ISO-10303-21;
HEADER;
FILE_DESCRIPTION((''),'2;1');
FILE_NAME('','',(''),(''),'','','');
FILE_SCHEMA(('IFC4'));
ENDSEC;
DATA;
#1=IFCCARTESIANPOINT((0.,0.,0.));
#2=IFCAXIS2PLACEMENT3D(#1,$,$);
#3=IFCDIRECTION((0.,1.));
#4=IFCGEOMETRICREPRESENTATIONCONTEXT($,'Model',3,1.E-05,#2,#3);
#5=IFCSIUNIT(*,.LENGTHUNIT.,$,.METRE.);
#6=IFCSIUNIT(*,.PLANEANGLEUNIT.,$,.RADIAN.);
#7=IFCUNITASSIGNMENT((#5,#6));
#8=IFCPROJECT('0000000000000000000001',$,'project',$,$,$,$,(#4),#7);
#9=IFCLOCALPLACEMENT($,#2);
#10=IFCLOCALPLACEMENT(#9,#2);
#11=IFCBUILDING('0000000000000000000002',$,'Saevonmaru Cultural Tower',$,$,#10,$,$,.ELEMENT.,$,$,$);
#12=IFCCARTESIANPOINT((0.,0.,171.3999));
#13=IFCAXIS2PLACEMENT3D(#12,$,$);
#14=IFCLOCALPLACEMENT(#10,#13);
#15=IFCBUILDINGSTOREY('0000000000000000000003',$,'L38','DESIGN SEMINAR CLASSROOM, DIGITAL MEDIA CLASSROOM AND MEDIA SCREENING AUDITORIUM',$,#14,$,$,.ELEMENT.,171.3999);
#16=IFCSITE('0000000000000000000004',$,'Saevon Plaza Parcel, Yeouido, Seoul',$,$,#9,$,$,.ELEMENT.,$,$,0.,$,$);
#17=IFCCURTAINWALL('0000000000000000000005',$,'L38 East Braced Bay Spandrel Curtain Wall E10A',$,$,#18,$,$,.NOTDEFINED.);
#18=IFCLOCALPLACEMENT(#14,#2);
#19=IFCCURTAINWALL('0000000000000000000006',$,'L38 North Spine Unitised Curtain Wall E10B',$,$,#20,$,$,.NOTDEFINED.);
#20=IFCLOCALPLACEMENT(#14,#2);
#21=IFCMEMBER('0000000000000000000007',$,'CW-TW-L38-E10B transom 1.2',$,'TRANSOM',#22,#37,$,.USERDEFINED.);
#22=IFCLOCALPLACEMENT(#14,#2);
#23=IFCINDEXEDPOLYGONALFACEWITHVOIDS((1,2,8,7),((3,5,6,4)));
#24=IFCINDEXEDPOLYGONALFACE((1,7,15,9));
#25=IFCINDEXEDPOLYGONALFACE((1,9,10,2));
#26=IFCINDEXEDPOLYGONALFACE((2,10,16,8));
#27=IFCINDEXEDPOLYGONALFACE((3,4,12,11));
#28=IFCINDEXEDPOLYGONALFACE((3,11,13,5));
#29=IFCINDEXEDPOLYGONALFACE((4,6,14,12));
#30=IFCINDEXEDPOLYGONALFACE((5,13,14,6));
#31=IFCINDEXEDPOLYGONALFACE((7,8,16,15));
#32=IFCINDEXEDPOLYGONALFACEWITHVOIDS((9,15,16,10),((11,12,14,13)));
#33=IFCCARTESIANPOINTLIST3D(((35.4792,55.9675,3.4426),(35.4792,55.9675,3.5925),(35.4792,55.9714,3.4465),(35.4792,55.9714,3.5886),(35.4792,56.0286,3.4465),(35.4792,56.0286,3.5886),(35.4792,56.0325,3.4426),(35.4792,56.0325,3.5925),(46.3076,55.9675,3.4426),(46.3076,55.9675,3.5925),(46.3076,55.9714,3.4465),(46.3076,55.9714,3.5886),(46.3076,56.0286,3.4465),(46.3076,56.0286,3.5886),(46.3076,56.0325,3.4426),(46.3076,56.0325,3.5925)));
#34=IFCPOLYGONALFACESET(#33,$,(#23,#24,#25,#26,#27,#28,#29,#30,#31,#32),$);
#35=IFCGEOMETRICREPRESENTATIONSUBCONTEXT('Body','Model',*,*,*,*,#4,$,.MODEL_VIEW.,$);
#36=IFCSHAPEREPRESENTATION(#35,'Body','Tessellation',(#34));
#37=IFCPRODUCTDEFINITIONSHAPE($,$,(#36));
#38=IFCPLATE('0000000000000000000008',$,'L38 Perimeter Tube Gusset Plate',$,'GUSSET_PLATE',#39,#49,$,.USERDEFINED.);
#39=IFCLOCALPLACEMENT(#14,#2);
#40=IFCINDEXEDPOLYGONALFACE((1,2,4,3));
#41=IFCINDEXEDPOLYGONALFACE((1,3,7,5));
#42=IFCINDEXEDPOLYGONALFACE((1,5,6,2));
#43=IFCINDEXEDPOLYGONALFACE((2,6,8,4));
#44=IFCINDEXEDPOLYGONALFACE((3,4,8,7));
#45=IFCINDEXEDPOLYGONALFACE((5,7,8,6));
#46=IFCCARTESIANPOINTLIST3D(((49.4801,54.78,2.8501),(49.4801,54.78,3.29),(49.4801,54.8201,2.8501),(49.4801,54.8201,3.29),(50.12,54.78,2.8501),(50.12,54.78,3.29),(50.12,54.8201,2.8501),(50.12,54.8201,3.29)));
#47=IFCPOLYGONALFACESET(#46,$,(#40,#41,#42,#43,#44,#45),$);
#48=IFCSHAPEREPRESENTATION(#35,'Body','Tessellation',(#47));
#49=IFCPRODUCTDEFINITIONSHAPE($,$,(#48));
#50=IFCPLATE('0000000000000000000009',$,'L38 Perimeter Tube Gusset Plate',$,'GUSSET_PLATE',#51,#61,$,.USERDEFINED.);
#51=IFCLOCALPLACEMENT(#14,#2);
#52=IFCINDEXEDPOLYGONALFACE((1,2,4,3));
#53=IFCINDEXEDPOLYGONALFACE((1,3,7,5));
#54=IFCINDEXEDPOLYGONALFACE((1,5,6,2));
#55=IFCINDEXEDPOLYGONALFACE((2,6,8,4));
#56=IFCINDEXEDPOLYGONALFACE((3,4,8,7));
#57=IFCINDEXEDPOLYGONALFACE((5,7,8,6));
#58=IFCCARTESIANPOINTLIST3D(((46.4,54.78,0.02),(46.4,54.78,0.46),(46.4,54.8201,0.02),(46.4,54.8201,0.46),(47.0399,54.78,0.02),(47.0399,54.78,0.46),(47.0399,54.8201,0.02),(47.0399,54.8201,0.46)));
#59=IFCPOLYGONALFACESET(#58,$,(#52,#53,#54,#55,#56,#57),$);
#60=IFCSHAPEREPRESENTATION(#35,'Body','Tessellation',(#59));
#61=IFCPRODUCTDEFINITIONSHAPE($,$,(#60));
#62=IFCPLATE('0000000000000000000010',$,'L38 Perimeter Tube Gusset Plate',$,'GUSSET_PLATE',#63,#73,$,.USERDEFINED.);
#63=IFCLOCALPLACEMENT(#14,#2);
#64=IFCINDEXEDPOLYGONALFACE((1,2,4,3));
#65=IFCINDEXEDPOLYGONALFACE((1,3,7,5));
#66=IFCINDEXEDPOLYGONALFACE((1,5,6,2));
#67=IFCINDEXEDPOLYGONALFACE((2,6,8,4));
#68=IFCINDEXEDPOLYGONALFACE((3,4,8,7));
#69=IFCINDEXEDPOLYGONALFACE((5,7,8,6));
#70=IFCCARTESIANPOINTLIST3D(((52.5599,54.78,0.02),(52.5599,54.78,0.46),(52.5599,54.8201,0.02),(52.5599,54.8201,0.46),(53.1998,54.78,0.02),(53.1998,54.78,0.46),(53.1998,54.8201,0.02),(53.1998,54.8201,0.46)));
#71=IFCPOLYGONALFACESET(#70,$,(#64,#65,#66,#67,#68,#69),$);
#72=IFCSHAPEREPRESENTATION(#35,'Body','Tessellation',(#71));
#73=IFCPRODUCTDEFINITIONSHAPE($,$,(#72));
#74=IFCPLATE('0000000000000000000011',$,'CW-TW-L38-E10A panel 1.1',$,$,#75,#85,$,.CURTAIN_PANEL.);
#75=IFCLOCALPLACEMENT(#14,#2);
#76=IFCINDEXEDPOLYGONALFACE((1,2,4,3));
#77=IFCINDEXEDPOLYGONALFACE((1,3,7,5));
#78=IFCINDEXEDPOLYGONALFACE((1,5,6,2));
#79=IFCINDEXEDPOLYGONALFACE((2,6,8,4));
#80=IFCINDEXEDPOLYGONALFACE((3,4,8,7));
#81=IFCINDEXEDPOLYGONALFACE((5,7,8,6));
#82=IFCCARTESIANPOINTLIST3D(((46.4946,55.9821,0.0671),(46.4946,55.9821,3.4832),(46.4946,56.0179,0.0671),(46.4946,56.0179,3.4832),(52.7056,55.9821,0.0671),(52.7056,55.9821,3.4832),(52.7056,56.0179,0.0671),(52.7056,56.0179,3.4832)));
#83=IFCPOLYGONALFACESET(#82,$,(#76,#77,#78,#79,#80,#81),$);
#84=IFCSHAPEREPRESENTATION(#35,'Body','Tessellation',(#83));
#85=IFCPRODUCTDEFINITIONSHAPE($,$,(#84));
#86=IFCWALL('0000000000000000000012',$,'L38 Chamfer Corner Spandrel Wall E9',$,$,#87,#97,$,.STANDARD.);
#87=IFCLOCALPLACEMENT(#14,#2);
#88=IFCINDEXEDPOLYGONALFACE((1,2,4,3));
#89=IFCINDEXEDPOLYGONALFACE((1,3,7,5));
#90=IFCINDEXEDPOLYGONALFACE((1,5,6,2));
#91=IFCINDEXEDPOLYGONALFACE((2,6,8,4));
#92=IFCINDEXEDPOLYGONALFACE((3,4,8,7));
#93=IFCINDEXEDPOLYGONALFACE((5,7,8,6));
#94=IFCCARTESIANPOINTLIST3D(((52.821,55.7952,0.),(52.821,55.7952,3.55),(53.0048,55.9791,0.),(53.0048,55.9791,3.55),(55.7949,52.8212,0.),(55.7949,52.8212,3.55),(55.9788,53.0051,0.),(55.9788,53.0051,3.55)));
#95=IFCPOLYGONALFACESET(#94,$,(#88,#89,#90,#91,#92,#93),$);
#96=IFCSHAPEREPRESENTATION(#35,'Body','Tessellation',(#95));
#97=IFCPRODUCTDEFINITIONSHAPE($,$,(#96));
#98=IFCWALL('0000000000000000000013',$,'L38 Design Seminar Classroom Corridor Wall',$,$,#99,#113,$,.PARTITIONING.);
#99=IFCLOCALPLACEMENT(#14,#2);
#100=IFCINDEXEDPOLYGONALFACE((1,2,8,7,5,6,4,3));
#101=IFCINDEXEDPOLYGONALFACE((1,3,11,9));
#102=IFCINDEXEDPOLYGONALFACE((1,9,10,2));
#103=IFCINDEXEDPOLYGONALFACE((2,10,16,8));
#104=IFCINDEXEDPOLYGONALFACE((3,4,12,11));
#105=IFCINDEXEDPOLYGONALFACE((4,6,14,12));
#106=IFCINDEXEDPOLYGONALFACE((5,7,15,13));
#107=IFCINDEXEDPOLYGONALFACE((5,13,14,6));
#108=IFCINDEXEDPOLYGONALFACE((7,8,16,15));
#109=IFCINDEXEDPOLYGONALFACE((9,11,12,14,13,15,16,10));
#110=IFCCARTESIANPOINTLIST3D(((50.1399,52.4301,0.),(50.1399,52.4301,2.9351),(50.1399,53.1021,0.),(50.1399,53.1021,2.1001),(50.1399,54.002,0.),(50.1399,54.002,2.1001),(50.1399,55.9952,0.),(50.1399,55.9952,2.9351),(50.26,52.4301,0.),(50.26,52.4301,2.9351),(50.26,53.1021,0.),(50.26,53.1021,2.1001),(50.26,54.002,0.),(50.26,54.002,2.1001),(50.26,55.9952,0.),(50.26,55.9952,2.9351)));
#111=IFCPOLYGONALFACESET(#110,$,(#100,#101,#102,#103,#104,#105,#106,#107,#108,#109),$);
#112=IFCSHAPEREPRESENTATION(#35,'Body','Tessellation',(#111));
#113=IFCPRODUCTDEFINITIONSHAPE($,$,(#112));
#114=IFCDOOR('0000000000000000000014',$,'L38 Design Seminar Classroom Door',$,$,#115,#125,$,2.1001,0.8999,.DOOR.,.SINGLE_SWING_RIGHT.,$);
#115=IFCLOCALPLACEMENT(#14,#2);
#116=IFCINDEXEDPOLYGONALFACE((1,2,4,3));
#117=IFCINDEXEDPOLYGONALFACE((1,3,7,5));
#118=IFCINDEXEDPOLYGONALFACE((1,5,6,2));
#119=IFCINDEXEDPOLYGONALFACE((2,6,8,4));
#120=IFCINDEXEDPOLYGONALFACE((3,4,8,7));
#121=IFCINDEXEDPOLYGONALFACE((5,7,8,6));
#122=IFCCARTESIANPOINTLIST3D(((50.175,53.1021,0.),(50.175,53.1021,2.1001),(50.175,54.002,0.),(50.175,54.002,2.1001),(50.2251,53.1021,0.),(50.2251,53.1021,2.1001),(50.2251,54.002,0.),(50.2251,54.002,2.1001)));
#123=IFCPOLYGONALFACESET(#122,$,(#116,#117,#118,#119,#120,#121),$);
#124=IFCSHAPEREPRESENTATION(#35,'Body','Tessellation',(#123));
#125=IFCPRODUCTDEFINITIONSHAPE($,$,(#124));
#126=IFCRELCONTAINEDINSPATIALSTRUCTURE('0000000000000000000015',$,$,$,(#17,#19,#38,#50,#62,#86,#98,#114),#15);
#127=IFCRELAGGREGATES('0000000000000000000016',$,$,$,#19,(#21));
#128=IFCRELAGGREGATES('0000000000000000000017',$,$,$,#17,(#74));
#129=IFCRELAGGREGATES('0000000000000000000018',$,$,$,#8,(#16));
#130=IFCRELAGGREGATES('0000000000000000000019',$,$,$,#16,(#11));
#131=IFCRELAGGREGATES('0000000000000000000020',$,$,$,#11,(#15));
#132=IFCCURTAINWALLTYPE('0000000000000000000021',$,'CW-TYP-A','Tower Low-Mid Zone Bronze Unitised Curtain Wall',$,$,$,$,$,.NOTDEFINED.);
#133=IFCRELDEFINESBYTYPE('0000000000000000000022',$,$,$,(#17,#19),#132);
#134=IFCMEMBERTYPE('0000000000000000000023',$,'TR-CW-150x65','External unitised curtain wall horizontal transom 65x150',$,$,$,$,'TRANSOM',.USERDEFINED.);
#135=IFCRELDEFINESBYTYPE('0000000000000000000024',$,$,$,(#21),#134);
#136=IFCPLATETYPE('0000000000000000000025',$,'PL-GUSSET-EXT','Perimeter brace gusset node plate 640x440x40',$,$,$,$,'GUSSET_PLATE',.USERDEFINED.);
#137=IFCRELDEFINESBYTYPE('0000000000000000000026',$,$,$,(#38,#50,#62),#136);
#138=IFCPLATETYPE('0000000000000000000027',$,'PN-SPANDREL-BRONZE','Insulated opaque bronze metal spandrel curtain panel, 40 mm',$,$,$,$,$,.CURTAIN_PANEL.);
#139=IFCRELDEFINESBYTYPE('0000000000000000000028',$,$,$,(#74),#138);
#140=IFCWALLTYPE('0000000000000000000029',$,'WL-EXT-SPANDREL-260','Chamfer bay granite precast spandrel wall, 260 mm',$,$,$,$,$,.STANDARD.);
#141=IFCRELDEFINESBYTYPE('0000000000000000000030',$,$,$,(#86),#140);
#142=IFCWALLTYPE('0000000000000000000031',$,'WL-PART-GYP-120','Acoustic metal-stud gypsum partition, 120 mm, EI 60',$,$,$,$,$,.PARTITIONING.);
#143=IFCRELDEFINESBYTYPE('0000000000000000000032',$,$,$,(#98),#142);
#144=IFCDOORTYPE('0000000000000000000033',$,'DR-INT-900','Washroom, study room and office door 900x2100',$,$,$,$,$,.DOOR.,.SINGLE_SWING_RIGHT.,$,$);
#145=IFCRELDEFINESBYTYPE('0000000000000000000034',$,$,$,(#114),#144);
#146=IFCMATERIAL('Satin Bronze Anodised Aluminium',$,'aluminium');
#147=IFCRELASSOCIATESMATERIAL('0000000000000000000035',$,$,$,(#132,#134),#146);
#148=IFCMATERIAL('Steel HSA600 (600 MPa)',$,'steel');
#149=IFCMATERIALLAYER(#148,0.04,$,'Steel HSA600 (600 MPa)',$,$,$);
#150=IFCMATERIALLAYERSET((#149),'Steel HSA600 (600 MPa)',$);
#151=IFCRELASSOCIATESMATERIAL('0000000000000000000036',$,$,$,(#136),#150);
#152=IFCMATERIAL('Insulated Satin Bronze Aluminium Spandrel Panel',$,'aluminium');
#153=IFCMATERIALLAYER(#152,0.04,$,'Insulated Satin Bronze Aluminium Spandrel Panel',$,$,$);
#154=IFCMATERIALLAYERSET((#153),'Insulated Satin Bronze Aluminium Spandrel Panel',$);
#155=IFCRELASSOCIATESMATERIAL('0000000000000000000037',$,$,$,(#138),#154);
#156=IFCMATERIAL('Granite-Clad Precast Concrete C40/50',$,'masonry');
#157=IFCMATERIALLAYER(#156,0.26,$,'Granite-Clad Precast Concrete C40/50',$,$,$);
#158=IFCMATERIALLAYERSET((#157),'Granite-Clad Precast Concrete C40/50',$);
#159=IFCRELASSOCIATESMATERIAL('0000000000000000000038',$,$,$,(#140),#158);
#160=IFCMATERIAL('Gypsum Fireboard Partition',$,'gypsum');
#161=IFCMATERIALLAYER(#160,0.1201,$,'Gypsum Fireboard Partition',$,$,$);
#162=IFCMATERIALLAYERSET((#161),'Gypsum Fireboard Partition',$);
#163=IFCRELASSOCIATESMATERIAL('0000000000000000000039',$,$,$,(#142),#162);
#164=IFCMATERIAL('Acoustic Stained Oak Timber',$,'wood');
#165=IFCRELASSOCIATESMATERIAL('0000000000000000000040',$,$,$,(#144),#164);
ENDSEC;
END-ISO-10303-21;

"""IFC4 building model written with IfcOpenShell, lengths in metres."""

from ifc_helpers import new_model, si_unit, direction, frame, frame_2d, origin, origin_2d, place, context, subcontext, project, spatial, rectangle, hollow_rectangle, extrude, material, layer, layer_set, material_profile, profile_set, type_object, element, fill, aggregate, save


model = new_model("IFC4")

# Units and contexts
model_context = context("Model", 3, precision=1e-05, world=origin(), true_north=direction((0.0, 1.0)))
body_context = subcontext(model_context, "Body", "Model", "MODEL_VIEW")
ifc_project = project(units=[si_unit("LENGTHUNIT", "METRE"), si_unit("PLANEANGLEUNIT", "RADIAN")], contexts=[model_context])

# Site, building, storey
site_placement = place(None, origin())
site = spatial("IfcSite", under=ifc_project, at=site_placement, Name="Saevon Plaza Parcel, Yeouido, Seoul", CompositionType="ELEMENT", RefElevation=0.0)
building_placement = place(site_placement, origin())
building = spatial("IfcBuilding", under=site, at=building_placement, Name="Saevonmaru Cultural Tower", CompositionType="ELEMENT")
storey_placement = place(building_placement, frame((0.0, 0.0, 171.3999)))
storey = spatial("IfcBuildingStorey", under=building, at=storey_placement, Name="L38", Description="DESIGN SEMINAR CLASSROOM, DIGITAL MEDIA CLASSROOM AND MEDIA SCREENING AUDITORIUM", CompositionType="ELEMENT", Elevation=171.3999)

# Shared definitions
ifc_material_1 = material(Name="Satin Bronze Anodised Aluminium", Category="aluminium")
curtain_wall_type = type_object("IfcCurtainWallType", Name="CW-TYP-A", Description="Tower Low-Mid Zone Bronze Unitised Curtain Wall", PredefinedType="NOTDEFINED", material=ifc_material_1)

# Curtain wall
curtain_wall_1_placement = place(storey_placement, origin())
curtain_wall_1 = element("IfcCurtainWall", 1, at=curtain_wall_1_placement, inside=storey, type_object=curtain_wall_type, Name="L38 East Braced Bay Spandrel Curtain Wall E10A", PredefinedType="NOTDEFINED")

# Curtain wall
curtain_wall_2_placement = place(storey_placement, origin())
curtain_wall_2 = element("IfcCurtainWall", 2, at=curtain_wall_2_placement, inside=storey, type_object=curtain_wall_type, Name="L38 North Spine Unitised Curtain Wall E10B", PredefinedType="NOTDEFINED")

# Member
ifc_material_profile_1 = material_profile(ifc_material_1, hollow_rectangle(XDim=0.0649, YDim=0.1499, WallThickness=0.0039, at=origin_2d()), Name="ALU-TRAN-150x65x4")
ifc_profile_set_1 = profile_set([ifc_material_profile_1], Name="Satin Bronze Anodised Aluminium")
member_type_1 = type_object("IfcMemberType", Name="TR-CW-150x65", Description="External unitised curtain wall horizontal transom 65x150", ElementType="TRANSOM", PredefinedType="USERDEFINED", material=ifc_profile_set_1)
member_1_placement = place(storey_placement, frame((46.3076, 56.0, 3.5176), z_axis=(-1.0, 0.0, 0.0), x_axis=(0.0, -1.0, 0.0)))
member_1 = element("IfcMember", 3, at=member_1_placement, type_object=member_type_1, Name="CW-TW-L38-E10B transom 1.2", ObjectType="TRANSOM", PredefinedType="USERDEFINED", context=body_context, shape_type="SweptSolid", body=[
    extrude(hollow_rectangle(XDim=0.0649, YDim=0.1499, WallThickness=0.0039, at=origin_2d()), origin(), (0.0, 0.0, 1.0), 10.8284),
])
aggregate(curtain_wall_2, [member_1])

# Plates
ifc_material_2 = material(Name="Steel HSA600 (600 MPa)", Category="steel")
ifc_layer_1 = layer(ifc_material_2, 0.04, Name="Steel HSA600 (600 MPa)")
ifc_layer_set_1 = layer_set([ifc_layer_1], Name="Steel HSA600 (600 MPa)")
plate_type_1 = type_object("IfcPlateType", Name="PL-GUSSET-EXT", Description="Perimeter brace gusset node plate 640x440x40", ElementType="GUSSET_PLATE", PredefinedType="USERDEFINED", material=ifc_layer_set_1)
for number, where, z_axis, x_axis, name in (
    (4, (49.8, 54.8, 2.8501), (0.0, 0.0, 1.0), (1.0, 0.0, 0.0), "L38 Perimeter Tube Gusset Plate"),
    (5, (46.72, 54.8, 0.02), (0.0, 0.0, 1.0), (1.0, 0.0, 0.0), "L38 Perimeter Tube Gusset Plate"),
    (6, (52.8799, 54.8, 0.02), (0.0, 0.0, 1.0), (1.0, 0.0, 0.0), "L38 Perimeter Tube Gusset Plate"),
):
    element("IfcPlate", number, at=place(storey_placement, frame(where, z_axis=z_axis, x_axis=x_axis)), inside=storey, type_object=plate_type_1, Name=name, ObjectType="GUSSET_PLATE", PredefinedType="USERDEFINED", context=body_context, shape_type="SweptSolid", body=[
        extrude(rectangle(XDim=0.6399, YDim=0.04, at=origin_2d()), origin(), (0.0, 0.0, 1.0), 0.4399),
    ])

# Plate
ifc_material_3 = material(Name="Insulated Satin Bronze Aluminium Spandrel Panel", Category="aluminium")
ifc_layer_2 = layer(ifc_material_3, 0.04, Name="Insulated Satin Bronze Aluminium Spandrel Panel")
ifc_layer_set_2 = layer_set([ifc_layer_2], Name="Insulated Satin Bronze Aluminium Spandrel Panel")
plate_type_2 = type_object("IfcPlateType", Name="PN-SPANDREL-BRONZE", Description="Insulated opaque bronze metal spandrel curtain panel, 40 mm", PredefinedType="CURTAIN_PANEL", material=ifc_layer_set_2)
plate_placement = place(storey_placement, frame((49.6001, 56.0, 0.0671), z_axis=(0.0, 0.0, 1.0), x_axis=(-1.0, 0.0, 0.0)))
plate = element("IfcPlate", 7, at=plate_placement, type_object=plate_type_2, Name="CW-TW-L38-E10A panel 1.1", PredefinedType="CURTAIN_PANEL", context=body_context, shape_type="SweptSolid", body=[
    extrude(rectangle(XDim=6.2109, YDim=0.0359, at=origin_2d()), origin(), (0.0, 0.0, 1.0), 3.416),
])
aggregate(curtain_wall_1, [plate])

# Wall
ifc_material_4 = material(Name="Granite-Clad Precast Concrete C40/50", Category="masonry")
ifc_layer_3 = layer(ifc_material_4, 0.26, Name="Granite-Clad Precast Concrete C40/50")
ifc_layer_set_3 = layer_set([ifc_layer_3], Name="Granite-Clad Precast Concrete C40/50")
wall_type_1 = type_object("IfcWallType", Name="WL-EXT-SPANDREL-260", Description="Chamfer bay granite precast spandrel wall, 260 mm", PredefinedType="STANDARD", material=ifc_layer_set_3)
wall_1_placement = place(storey_placement, frame((55.887, 52.9131, 0.0), z_axis=(0.0, 0.0, 1.0), x_axis=(-0.707107, 0.707107, 0.0)))
element("IfcWall", 8, at=wall_1_placement, inside=storey, type_object=wall_type_1, Name="L38 Chamfer Corner Spandrel Wall E9", PredefinedType="STANDARD", context=body_context, shape_type="SweptSolid", body=[
    extrude(rectangle(XDim=4.2058, YDim=0.26, at=frame_2d((2.103, 0.0))), origin(), (0.0, 0.0, 1.0), 3.55),
])

# Wall, opening, door
ifc_material_5 = material(Name="Gypsum Fireboard Partition", Category="gypsum")
ifc_layer_4 = layer(ifc_material_5, 0.1201, Name="Gypsum Fireboard Partition")
ifc_layer_set_4 = layer_set([ifc_layer_4], Name="Gypsum Fireboard Partition")
wall_type_2 = type_object("IfcWallType", Name="WL-PART-GYP-120", Description="Acoustic metal-stud gypsum partition, 120 mm, EI 60", PredefinedType="PARTITIONING", material=ifc_layer_set_4)
wall_2_placement = place(storey_placement, frame((50.2, 52.4299, 0.0), z_axis=(0.0, 0.0, 1.0), x_axis=(0.0, 1.0, 0.0)))
wall_2 = element("IfcWall", 9, at=wall_2_placement, inside=storey, type_object=wall_type_2, Name="L38 Design Seminar Classroom Corridor Wall", PredefinedType="PARTITIONING", context=body_context, shape_type="SweptSolid", body=[
    extrude(rectangle(XDim=3.5652, YDim=0.1201, at=frame_2d((1.7827, 0.0))), origin(), (0.0, 0.0, 1.0), 2.9351),
])
opening_placement = place(wall_2_placement, frame((0.6721, 0.0, 0.0)))
opening = element("IfcOpeningElement", 10, at=opening_placement, cuts=wall_2, PredefinedType="OPENING", context=body_context, shape_type="SweptSolid", body=[
    extrude(rectangle(XDim=0.8999, YDim=2.1001, at=frame_2d((0.45, 1.05))), frame((0.0, 0.0701, 0.0), z_axis=(0.0, -1.0, 0.0), x_axis=(1.0, 0.0, 0.0)), (0.0, 0.0, 1.0), 0.1401),
])
ifc_material_6 = material(Name="Acoustic Stained Oak Timber", Category="wood")
door_type = type_object("IfcDoorType", Name="DR-INT-900", Description="Washroom, study room and office door 900x2100", OperationType="SINGLE_SWING_RIGHT", PredefinedType="DOOR", material=ifc_material_6)
door_placement = place(opening_placement, origin())
door = element("IfcDoor", 11, at=door_placement, inside=storey, type_object=door_type, Name="L38 Design Seminar Classroom Door", OperationType="SINGLE_SWING_RIGHT", OverallHeight=2.1001, OverallWidth=0.8999, PredefinedType="DOOR", context=body_context, shape_type="SweptSolid", body=[
    extrude(rectangle(XDim=0.8999, YDim=2.1001, at=frame_2d((0.45, 1.05))), frame((0.0, 0.0249, 0.0), z_axis=(0.0, -1.0, 0.0), x_axis=(1.0, 0.0, 0.0)), (0.0, 0.0, 1.0), 0.05),
])
fill(opening, door)

save(model, "model.ifc")
